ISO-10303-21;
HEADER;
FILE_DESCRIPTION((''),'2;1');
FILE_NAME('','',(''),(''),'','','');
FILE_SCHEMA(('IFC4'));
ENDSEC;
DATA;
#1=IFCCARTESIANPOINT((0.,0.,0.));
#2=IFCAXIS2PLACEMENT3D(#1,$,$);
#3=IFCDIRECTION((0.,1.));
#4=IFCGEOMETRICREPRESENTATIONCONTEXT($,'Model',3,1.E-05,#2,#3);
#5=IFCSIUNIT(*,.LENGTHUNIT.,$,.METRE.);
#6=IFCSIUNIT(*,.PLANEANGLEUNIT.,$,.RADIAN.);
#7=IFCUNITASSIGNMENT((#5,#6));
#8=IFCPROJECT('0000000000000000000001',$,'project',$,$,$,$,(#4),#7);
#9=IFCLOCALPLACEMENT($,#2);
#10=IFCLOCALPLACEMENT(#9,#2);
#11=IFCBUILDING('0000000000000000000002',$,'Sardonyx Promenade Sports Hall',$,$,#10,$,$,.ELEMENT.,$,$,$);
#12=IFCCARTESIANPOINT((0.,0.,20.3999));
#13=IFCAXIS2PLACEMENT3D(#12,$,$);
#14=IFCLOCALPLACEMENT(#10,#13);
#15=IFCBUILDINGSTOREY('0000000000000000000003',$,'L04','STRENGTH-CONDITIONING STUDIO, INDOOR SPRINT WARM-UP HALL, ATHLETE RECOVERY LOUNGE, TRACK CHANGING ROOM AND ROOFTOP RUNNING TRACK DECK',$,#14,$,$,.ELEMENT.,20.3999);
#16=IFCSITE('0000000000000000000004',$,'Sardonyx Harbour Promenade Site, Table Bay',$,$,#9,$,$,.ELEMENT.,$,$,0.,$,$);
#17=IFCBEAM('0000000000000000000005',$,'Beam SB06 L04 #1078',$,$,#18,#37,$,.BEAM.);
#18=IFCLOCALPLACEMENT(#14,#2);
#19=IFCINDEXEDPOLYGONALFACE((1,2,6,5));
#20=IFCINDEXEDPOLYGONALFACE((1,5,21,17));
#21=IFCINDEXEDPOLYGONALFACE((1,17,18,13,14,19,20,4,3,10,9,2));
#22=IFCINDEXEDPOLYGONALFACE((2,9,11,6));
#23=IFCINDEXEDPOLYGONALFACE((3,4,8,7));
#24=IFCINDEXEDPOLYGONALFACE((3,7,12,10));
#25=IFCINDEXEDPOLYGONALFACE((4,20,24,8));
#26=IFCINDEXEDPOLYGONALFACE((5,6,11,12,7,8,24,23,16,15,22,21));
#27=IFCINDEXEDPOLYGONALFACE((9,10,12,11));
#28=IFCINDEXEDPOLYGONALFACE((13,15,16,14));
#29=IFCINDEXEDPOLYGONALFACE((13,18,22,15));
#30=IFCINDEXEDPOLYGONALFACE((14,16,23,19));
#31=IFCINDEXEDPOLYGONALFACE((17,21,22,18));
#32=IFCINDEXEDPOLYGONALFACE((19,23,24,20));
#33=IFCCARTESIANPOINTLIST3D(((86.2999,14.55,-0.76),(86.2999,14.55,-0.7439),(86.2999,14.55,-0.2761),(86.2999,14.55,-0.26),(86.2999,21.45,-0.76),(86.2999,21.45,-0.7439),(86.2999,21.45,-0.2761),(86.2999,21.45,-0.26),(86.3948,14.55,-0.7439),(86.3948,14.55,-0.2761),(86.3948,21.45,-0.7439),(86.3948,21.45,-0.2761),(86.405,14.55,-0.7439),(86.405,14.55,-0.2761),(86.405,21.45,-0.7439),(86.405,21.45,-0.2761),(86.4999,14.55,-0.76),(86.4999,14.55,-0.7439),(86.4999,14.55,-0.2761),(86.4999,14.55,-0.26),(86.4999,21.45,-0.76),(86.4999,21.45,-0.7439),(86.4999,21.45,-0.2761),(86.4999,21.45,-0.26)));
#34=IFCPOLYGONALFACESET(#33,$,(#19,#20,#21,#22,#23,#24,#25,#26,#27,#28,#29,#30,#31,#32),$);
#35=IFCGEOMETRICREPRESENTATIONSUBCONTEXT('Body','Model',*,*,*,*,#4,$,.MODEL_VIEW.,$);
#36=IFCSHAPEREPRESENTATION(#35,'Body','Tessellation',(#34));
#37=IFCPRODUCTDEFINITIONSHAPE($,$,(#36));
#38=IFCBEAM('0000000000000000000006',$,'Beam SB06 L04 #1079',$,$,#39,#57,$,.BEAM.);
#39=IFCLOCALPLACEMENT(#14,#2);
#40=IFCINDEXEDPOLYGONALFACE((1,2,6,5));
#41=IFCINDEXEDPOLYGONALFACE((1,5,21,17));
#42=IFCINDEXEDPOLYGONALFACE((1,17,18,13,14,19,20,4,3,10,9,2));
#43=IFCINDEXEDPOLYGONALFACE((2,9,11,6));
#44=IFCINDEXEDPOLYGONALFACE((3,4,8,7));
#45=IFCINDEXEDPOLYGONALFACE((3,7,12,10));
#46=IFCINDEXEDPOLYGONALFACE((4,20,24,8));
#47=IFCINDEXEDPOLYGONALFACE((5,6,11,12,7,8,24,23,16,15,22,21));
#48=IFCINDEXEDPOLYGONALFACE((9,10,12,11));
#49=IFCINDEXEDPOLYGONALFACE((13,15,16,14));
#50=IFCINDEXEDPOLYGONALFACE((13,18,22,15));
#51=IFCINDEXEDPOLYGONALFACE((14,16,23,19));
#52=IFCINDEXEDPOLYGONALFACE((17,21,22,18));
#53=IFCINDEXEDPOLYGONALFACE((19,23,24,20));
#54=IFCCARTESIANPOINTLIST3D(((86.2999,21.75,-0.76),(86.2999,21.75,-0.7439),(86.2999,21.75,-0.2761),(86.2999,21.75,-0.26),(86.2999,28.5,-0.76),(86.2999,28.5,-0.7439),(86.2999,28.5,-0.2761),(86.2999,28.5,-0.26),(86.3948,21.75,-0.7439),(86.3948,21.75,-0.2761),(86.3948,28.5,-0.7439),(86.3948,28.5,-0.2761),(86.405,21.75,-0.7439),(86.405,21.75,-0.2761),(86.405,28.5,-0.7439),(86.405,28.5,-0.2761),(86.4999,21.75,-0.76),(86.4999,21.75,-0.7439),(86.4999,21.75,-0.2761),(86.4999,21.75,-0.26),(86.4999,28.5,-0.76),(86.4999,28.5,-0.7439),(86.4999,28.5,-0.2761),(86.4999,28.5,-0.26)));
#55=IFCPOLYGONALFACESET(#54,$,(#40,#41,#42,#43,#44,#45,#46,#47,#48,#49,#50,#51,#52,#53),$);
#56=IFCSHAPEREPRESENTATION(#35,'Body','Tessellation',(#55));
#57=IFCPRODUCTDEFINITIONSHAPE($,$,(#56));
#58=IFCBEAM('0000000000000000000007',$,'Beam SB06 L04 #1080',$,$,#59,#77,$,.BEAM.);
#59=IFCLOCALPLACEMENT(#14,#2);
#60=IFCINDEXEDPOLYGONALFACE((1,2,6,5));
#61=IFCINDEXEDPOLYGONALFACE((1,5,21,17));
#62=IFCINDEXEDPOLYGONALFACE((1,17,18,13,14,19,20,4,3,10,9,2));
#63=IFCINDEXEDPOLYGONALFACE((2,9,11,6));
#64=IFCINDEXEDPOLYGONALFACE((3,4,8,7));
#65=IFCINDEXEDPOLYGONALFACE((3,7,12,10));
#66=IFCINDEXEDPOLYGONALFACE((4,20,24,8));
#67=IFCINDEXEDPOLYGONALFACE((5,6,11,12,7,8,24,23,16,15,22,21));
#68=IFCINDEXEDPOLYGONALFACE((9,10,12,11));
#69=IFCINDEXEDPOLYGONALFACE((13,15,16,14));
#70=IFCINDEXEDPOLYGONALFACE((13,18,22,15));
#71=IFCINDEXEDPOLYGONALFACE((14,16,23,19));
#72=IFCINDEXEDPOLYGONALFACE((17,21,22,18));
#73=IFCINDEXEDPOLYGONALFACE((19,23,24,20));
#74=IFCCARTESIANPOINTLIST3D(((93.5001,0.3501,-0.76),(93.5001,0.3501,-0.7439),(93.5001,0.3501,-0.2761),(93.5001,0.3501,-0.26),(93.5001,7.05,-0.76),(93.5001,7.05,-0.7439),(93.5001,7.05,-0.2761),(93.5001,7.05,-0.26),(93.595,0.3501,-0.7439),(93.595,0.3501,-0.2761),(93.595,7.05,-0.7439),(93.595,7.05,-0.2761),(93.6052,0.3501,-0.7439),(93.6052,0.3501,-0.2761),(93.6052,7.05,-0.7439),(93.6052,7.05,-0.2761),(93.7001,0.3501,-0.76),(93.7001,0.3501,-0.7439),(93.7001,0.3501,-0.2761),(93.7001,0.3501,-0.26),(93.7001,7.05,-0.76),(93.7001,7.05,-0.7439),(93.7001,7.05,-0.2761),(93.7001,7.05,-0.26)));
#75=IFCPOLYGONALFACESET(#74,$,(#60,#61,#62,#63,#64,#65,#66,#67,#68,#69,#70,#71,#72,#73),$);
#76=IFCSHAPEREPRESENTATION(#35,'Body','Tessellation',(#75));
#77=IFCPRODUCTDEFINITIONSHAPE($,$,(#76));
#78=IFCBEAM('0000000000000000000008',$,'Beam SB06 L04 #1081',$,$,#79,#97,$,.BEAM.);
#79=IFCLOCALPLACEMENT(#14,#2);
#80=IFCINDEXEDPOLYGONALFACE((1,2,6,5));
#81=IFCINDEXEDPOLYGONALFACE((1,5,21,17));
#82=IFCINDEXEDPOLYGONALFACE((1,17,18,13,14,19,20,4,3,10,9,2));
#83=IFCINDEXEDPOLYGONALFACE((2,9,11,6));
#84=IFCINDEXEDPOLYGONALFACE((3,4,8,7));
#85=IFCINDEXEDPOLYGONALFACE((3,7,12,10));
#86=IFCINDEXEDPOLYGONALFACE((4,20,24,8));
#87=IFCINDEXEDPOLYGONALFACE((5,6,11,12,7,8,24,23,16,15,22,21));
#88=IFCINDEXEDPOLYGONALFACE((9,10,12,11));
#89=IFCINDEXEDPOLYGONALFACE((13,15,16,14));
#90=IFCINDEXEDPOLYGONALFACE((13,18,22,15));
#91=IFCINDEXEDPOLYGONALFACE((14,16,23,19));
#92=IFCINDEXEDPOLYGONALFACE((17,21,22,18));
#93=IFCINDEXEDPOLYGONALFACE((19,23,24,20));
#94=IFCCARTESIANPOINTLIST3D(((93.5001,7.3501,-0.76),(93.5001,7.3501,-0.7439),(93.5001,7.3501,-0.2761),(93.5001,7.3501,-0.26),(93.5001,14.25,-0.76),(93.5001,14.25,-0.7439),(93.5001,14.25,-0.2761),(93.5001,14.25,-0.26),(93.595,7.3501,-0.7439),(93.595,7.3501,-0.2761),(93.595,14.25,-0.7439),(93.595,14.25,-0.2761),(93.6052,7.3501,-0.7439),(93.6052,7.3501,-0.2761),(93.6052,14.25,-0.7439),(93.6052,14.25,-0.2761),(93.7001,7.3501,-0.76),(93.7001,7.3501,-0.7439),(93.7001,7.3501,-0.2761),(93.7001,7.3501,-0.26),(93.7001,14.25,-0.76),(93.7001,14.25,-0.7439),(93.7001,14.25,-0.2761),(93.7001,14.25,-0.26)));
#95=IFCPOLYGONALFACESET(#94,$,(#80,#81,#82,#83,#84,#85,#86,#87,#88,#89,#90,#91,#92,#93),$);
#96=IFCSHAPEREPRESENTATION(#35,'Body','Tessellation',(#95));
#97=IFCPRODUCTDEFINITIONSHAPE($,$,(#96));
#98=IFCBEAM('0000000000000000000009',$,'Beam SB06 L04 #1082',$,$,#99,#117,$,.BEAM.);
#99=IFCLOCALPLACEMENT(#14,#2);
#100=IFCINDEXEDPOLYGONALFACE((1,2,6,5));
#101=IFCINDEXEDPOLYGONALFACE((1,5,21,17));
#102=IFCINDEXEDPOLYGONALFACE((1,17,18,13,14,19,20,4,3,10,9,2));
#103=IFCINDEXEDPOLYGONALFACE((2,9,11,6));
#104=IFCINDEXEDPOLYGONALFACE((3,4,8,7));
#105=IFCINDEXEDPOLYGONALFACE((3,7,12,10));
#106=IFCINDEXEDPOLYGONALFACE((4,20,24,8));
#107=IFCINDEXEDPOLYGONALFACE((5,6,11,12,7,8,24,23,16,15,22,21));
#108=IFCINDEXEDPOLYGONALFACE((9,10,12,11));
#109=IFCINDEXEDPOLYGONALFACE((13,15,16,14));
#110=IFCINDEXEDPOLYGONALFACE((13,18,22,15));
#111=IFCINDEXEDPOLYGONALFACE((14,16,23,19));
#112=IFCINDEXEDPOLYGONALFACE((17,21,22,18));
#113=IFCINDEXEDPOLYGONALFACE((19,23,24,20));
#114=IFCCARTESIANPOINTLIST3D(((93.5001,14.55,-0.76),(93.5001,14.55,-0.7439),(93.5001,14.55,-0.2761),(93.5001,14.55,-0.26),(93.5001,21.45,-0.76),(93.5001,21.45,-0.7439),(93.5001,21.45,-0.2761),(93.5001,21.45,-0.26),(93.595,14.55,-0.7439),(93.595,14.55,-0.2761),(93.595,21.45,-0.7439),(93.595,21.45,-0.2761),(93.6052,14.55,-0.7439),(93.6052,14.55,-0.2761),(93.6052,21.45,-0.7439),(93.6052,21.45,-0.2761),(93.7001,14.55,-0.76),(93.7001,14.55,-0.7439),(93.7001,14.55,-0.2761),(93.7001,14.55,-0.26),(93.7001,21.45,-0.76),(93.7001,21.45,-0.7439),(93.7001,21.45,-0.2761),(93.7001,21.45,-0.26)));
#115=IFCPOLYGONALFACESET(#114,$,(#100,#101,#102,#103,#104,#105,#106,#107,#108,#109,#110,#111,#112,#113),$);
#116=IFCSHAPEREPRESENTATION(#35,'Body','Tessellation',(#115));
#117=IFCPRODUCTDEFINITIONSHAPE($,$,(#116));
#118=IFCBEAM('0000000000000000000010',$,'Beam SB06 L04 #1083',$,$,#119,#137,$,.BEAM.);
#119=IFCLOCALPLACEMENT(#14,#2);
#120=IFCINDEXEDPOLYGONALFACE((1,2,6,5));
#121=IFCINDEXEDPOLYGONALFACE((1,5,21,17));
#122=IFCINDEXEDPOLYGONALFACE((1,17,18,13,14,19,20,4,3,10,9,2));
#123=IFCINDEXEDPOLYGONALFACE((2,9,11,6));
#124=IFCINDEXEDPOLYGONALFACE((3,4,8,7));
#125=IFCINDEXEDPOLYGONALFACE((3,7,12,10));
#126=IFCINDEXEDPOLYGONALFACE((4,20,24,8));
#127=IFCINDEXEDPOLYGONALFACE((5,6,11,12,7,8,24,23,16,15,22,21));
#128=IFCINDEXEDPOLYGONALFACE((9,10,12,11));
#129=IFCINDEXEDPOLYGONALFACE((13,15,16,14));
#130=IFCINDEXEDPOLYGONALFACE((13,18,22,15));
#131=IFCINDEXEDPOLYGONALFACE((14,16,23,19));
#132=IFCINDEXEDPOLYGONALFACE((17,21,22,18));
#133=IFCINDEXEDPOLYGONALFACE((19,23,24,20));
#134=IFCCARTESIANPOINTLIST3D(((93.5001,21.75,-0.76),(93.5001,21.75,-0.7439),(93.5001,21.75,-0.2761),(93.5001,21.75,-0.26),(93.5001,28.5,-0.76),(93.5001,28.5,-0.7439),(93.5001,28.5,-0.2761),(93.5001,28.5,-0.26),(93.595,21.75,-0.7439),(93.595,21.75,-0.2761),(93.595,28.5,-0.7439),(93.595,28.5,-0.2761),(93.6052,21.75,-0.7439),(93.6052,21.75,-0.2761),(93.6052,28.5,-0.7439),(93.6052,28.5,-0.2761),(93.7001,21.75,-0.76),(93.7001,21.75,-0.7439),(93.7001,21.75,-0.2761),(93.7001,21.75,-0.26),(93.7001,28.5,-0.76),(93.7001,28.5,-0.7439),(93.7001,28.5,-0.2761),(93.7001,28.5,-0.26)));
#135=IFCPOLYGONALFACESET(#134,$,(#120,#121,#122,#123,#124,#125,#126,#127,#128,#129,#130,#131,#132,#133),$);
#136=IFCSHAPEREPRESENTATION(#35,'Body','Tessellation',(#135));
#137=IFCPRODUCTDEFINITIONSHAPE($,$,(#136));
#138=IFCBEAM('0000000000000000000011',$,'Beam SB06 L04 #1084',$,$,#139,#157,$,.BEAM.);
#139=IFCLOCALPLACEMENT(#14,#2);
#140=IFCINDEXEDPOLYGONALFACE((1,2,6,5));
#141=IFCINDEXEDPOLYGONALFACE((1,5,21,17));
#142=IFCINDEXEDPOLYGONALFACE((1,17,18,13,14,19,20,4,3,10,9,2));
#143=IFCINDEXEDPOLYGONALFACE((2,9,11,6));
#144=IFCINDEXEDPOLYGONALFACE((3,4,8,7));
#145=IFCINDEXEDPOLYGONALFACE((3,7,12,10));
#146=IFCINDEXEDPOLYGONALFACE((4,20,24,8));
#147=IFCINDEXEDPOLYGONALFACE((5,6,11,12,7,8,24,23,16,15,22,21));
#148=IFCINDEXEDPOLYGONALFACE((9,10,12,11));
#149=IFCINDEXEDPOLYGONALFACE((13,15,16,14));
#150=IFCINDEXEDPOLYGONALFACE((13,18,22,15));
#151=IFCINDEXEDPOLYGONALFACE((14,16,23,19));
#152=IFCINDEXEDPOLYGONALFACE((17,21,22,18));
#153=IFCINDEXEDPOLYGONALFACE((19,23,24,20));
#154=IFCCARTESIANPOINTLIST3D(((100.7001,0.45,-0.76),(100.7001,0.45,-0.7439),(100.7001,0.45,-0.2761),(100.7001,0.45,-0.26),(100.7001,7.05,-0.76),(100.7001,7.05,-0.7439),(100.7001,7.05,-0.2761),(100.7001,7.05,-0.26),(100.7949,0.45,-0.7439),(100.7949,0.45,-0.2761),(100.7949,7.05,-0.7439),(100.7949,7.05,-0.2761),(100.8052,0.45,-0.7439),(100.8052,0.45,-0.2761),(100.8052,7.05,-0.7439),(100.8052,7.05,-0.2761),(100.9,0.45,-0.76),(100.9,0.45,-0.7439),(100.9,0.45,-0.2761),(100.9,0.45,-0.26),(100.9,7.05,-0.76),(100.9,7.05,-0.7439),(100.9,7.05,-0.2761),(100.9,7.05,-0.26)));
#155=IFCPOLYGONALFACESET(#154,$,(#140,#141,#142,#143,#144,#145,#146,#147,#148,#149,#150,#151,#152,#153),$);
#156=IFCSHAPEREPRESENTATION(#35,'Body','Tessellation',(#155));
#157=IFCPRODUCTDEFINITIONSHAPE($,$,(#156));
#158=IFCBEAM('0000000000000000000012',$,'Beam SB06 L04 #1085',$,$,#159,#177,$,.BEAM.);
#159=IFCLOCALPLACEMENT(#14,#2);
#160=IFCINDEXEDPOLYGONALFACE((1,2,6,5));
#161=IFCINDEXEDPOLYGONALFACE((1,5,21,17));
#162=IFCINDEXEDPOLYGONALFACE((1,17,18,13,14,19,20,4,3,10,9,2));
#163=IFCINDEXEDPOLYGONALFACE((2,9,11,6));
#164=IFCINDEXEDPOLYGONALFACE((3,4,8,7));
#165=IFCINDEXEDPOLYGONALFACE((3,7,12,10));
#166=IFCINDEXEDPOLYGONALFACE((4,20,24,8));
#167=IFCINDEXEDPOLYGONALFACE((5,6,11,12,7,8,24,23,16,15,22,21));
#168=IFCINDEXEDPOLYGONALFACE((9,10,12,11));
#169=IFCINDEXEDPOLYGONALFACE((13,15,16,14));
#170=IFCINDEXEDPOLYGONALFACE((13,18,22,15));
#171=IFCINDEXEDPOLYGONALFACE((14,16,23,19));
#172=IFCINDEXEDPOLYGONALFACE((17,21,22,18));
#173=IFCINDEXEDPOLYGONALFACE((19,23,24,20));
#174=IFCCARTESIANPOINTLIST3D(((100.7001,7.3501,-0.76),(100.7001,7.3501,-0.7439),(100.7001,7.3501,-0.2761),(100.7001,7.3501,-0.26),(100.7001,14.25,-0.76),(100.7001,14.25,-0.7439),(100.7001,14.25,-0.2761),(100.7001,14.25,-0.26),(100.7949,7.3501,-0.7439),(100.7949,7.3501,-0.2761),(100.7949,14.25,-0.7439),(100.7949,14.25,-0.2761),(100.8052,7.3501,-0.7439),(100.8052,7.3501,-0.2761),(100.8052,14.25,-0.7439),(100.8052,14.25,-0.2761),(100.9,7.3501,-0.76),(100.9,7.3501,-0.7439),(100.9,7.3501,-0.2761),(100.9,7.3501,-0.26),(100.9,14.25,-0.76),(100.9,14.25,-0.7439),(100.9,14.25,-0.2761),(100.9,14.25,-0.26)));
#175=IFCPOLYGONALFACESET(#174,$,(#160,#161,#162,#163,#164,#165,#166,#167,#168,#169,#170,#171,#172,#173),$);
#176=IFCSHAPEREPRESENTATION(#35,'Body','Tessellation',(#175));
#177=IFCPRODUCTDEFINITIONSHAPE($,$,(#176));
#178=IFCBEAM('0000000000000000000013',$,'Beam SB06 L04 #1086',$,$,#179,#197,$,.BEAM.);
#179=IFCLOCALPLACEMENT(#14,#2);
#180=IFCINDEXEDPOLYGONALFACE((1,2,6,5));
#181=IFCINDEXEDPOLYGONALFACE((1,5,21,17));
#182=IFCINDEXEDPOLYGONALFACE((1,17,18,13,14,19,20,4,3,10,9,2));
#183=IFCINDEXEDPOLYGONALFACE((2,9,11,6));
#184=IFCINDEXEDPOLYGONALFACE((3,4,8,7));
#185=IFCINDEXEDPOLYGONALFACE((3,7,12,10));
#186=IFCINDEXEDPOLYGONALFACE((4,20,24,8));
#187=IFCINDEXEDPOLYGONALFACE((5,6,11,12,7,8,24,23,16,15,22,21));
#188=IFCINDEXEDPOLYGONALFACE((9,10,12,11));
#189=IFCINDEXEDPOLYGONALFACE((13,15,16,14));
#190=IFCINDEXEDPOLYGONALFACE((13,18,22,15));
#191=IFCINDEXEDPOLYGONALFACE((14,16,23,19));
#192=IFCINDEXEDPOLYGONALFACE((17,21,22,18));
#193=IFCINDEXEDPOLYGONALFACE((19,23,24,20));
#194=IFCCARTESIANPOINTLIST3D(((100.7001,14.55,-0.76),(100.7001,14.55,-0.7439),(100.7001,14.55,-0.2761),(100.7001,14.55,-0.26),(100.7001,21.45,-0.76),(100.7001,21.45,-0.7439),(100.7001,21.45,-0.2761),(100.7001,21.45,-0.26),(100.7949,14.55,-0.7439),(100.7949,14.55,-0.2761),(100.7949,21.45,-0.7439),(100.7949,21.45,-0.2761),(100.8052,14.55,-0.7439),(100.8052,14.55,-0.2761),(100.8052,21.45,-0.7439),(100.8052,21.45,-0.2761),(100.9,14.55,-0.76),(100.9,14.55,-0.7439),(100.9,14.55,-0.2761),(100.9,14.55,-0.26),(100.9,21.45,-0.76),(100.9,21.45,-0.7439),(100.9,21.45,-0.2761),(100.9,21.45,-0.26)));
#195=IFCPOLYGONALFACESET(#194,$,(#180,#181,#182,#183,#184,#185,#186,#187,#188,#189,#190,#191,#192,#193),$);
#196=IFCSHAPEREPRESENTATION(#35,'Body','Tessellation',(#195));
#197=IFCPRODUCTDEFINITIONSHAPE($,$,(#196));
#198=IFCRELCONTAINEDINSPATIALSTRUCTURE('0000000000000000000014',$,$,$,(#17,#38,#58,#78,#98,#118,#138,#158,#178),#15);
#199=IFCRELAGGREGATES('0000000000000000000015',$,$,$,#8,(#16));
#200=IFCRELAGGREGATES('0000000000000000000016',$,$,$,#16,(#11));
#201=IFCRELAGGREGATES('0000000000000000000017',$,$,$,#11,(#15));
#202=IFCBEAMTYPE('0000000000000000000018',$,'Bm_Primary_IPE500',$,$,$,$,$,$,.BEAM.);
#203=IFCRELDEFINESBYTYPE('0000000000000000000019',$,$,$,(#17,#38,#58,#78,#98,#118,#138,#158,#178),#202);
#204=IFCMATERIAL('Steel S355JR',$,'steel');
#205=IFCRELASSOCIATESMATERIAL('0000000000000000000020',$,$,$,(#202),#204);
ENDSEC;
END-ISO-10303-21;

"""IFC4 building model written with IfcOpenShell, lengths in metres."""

from ifc_helpers import new_model, si_unit, direction, frame, origin, origin_2d, place, context, subcontext, project, spatial, i_section, extrude, material, material_profile, profile_set, type_object, element, save


model = new_model("IFC4")

# Units and contexts
model_context = context("Model", 3, precision=1e-05, world=origin(), true_north=direction((0.0, 1.0)))
body_context = subcontext(model_context, "Body", "Model", "MODEL_VIEW")
ifc_project = project(units=[si_unit("LENGTHUNIT", "METRE"), si_unit("PLANEANGLEUNIT", "RADIAN")], contexts=[model_context])

# Site, building, storey
site_placement = place(None, origin())
site = spatial("IfcSite", under=ifc_project, at=site_placement, Name="Sardonyx Harbour Promenade Site, Table Bay", CompositionType="ELEMENT", RefElevation=0.0)
building_placement = place(site_placement, origin())
building = spatial("IfcBuilding", under=site, at=building_placement, Name="Sardonyx Promenade Sports Hall", CompositionType="ELEMENT")
storey_placement = place(building_placement, frame((0.0, 0.0, 20.3999)))
storey = spatial("IfcBuildingStorey", under=building, at=storey_placement, Name="L04", Description="STRENGTH-CONDITIONING STUDIO, INDOOR SPRINT WARM-UP HALL, ATHLETE RECOVERY LOUNGE, TRACK CHANGING ROOM AND ROOFTOP RUNNING TRACK DECK", CompositionType="ELEMENT", Elevation=20.3999)

# Beams
ifc_material_1 = material(Name="Steel S355JR", Category="steel")
ifc_material_profile_1 = material_profile(ifc_material_1, i_section(OverallWidth=0.2, OverallDepth=0.5, WebThickness=0.0103, FlangeThickness=0.0161, at=origin_2d()))
ifc_profile_set_1 = profile_set([ifc_material_profile_1], Name="Steel S355JR")
beam_type_1 = type_object("IfcBeamType", Name="Bm_Primary_IPE500", PredefinedType="BEAM", material=ifc_profile_set_1)
for number, where, z_axis, x_axis, name in (
    (1, (86.3999, 14.55, -0.51), (0.0, 1.0, 0.0), (-1.0, 0.0, 0.0), "Beam SB06 L04 #1078"),
):
    element("IfcBeam", number, at=place(storey_placement, frame(where, z_axis=z_axis, x_axis=x_axis)), inside=storey, type_object=beam_type_1, Name=name, PredefinedType="BEAM", context=body_context, shape_type="SweptSolid", body=[
        extrude(i_section(OverallWidth=0.2, OverallDepth=0.5, WebThickness=0.0103, FlangeThickness=0.0161, at=origin_2d()), origin(), (0.0, 0.0, 1.0), 6.8999),
    ])
beam_1_placement = place(storey_placement, frame((86.3999, 21.75, -0.51), z_axis=(0.0, 1.0, 0.0), x_axis=(-1.0, 0.0, 0.0)))
element("IfcBeam", 2, at=beam_1_placement, inside=storey, type_object=beam_type_1, Name="Beam SB06 L04 #1079", PredefinedType="BEAM", context=body_context, shape_type="SweptSolid", body=[
    extrude(i_section(OverallWidth=0.2, OverallDepth=0.5, WebThickness=0.0103, FlangeThickness=0.0161, at=origin_2d()), origin(), (0.0, 0.0, 1.0), 6.75),
])
beam_2_placement = place(storey_placement, frame((93.6001, 0.3501, -0.51), z_axis=(0.0, 1.0, 0.0), x_axis=(-1.0, 0.0, 0.0)))
element("IfcBeam", 3, at=beam_2_placement, inside=storey, type_object=beam_type_1, Name="Beam SB06 L04 #1080", PredefinedType="BEAM", context=body_context, shape_type="SweptSolid", body=[
    extrude(i_section(OverallWidth=0.2, OverallDepth=0.5, WebThickness=0.0103, FlangeThickness=0.0161, at=origin_2d()), origin(), (0.0, 0.0, 1.0), 6.7),
])
for number, where, z_axis, x_axis, name in (
    (4, (93.6001, 7.3501, -0.51), (0.0, 1.0, 0.0), (-1.0, 0.0, 0.0), "Beam SB06 L04 #1081"),
    (5, (93.6001, 14.55, -0.51), (0.0, 1.0, 0.0), (-1.0, 0.0, 0.0), "Beam SB06 L04 #1082"),
):
    element("IfcBeam", number, at=place(storey_placement, frame(where, z_axis=z_axis, x_axis=x_axis)), inside=storey, type_object=beam_type_1, Name=name, PredefinedType="BEAM", context=body_context, shape_type="SweptSolid", body=[
        extrude(i_section(OverallWidth=0.2, OverallDepth=0.5, WebThickness=0.0103, FlangeThickness=0.0161, at=origin_2d()), origin(), (0.0, 0.0, 1.0), 6.8999),
    ])
beam_3_placement = place(storey_placement, frame((93.6001, 21.75, -0.51), z_axis=(0.0, 1.0, 0.0), x_axis=(-1.0, 0.0, 0.0)))
element("IfcBeam", 6, at=beam_3_placement, inside=storey, type_object=beam_type_1, Name="Beam SB06 L04 #1083", PredefinedType="BEAM", context=body_context, shape_type="SweptSolid", body=[
    extrude(i_section(OverallWidth=0.2, OverallDepth=0.5, WebThickness=0.0103, FlangeThickness=0.0161, at=origin_2d()), origin(), (0.0, 0.0, 1.0), 6.75),
])
beam_4_placement = place(storey_placement, frame((100.8, 0.45, -0.51), z_axis=(0.0, 1.0, 0.0), x_axis=(-1.0, 0.0, 0.0)))
element("IfcBeam", 7, at=beam_4_placement, inside=storey, type_object=beam_type_1, Name="Beam SB06 L04 #1084", PredefinedType="BEAM", context=body_context, shape_type="SweptSolid", body=[
    extrude(i_section(OverallWidth=0.2, OverallDepth=0.5, WebThickness=0.0103, FlangeThickness=0.0161, at=origin_2d()), origin(), (0.0, 0.0, 1.0), 6.6001),
])
for number, where, z_axis, x_axis, name in (
    (8, (100.8, 7.3501, -0.51), (0.0, 1.0, 0.0), (-1.0, 0.0, 0.0), "Beam SB06 L04 #1085"),
    (9, (100.8, 14.55, -0.51), (0.0, 1.0, 0.0), (-1.0, 0.0, 0.0), "Beam SB06 L04 #1086"),
):
    element("IfcBeam", number, at=place(storey_placement, frame(where, z_axis=z_axis, x_axis=x_axis)), inside=storey, type_object=beam_type_1, Name=name, PredefinedType="BEAM", context=body_context, shape_type="SweptSolid", body=[
        extrude(i_section(OverallWidth=0.2, OverallDepth=0.5, WebThickness=0.0103, FlangeThickness=0.0161, at=origin_2d()), origin(), (0.0, 0.0, 1.0), 6.8999),
    ])

save(model, "model.ifc")
